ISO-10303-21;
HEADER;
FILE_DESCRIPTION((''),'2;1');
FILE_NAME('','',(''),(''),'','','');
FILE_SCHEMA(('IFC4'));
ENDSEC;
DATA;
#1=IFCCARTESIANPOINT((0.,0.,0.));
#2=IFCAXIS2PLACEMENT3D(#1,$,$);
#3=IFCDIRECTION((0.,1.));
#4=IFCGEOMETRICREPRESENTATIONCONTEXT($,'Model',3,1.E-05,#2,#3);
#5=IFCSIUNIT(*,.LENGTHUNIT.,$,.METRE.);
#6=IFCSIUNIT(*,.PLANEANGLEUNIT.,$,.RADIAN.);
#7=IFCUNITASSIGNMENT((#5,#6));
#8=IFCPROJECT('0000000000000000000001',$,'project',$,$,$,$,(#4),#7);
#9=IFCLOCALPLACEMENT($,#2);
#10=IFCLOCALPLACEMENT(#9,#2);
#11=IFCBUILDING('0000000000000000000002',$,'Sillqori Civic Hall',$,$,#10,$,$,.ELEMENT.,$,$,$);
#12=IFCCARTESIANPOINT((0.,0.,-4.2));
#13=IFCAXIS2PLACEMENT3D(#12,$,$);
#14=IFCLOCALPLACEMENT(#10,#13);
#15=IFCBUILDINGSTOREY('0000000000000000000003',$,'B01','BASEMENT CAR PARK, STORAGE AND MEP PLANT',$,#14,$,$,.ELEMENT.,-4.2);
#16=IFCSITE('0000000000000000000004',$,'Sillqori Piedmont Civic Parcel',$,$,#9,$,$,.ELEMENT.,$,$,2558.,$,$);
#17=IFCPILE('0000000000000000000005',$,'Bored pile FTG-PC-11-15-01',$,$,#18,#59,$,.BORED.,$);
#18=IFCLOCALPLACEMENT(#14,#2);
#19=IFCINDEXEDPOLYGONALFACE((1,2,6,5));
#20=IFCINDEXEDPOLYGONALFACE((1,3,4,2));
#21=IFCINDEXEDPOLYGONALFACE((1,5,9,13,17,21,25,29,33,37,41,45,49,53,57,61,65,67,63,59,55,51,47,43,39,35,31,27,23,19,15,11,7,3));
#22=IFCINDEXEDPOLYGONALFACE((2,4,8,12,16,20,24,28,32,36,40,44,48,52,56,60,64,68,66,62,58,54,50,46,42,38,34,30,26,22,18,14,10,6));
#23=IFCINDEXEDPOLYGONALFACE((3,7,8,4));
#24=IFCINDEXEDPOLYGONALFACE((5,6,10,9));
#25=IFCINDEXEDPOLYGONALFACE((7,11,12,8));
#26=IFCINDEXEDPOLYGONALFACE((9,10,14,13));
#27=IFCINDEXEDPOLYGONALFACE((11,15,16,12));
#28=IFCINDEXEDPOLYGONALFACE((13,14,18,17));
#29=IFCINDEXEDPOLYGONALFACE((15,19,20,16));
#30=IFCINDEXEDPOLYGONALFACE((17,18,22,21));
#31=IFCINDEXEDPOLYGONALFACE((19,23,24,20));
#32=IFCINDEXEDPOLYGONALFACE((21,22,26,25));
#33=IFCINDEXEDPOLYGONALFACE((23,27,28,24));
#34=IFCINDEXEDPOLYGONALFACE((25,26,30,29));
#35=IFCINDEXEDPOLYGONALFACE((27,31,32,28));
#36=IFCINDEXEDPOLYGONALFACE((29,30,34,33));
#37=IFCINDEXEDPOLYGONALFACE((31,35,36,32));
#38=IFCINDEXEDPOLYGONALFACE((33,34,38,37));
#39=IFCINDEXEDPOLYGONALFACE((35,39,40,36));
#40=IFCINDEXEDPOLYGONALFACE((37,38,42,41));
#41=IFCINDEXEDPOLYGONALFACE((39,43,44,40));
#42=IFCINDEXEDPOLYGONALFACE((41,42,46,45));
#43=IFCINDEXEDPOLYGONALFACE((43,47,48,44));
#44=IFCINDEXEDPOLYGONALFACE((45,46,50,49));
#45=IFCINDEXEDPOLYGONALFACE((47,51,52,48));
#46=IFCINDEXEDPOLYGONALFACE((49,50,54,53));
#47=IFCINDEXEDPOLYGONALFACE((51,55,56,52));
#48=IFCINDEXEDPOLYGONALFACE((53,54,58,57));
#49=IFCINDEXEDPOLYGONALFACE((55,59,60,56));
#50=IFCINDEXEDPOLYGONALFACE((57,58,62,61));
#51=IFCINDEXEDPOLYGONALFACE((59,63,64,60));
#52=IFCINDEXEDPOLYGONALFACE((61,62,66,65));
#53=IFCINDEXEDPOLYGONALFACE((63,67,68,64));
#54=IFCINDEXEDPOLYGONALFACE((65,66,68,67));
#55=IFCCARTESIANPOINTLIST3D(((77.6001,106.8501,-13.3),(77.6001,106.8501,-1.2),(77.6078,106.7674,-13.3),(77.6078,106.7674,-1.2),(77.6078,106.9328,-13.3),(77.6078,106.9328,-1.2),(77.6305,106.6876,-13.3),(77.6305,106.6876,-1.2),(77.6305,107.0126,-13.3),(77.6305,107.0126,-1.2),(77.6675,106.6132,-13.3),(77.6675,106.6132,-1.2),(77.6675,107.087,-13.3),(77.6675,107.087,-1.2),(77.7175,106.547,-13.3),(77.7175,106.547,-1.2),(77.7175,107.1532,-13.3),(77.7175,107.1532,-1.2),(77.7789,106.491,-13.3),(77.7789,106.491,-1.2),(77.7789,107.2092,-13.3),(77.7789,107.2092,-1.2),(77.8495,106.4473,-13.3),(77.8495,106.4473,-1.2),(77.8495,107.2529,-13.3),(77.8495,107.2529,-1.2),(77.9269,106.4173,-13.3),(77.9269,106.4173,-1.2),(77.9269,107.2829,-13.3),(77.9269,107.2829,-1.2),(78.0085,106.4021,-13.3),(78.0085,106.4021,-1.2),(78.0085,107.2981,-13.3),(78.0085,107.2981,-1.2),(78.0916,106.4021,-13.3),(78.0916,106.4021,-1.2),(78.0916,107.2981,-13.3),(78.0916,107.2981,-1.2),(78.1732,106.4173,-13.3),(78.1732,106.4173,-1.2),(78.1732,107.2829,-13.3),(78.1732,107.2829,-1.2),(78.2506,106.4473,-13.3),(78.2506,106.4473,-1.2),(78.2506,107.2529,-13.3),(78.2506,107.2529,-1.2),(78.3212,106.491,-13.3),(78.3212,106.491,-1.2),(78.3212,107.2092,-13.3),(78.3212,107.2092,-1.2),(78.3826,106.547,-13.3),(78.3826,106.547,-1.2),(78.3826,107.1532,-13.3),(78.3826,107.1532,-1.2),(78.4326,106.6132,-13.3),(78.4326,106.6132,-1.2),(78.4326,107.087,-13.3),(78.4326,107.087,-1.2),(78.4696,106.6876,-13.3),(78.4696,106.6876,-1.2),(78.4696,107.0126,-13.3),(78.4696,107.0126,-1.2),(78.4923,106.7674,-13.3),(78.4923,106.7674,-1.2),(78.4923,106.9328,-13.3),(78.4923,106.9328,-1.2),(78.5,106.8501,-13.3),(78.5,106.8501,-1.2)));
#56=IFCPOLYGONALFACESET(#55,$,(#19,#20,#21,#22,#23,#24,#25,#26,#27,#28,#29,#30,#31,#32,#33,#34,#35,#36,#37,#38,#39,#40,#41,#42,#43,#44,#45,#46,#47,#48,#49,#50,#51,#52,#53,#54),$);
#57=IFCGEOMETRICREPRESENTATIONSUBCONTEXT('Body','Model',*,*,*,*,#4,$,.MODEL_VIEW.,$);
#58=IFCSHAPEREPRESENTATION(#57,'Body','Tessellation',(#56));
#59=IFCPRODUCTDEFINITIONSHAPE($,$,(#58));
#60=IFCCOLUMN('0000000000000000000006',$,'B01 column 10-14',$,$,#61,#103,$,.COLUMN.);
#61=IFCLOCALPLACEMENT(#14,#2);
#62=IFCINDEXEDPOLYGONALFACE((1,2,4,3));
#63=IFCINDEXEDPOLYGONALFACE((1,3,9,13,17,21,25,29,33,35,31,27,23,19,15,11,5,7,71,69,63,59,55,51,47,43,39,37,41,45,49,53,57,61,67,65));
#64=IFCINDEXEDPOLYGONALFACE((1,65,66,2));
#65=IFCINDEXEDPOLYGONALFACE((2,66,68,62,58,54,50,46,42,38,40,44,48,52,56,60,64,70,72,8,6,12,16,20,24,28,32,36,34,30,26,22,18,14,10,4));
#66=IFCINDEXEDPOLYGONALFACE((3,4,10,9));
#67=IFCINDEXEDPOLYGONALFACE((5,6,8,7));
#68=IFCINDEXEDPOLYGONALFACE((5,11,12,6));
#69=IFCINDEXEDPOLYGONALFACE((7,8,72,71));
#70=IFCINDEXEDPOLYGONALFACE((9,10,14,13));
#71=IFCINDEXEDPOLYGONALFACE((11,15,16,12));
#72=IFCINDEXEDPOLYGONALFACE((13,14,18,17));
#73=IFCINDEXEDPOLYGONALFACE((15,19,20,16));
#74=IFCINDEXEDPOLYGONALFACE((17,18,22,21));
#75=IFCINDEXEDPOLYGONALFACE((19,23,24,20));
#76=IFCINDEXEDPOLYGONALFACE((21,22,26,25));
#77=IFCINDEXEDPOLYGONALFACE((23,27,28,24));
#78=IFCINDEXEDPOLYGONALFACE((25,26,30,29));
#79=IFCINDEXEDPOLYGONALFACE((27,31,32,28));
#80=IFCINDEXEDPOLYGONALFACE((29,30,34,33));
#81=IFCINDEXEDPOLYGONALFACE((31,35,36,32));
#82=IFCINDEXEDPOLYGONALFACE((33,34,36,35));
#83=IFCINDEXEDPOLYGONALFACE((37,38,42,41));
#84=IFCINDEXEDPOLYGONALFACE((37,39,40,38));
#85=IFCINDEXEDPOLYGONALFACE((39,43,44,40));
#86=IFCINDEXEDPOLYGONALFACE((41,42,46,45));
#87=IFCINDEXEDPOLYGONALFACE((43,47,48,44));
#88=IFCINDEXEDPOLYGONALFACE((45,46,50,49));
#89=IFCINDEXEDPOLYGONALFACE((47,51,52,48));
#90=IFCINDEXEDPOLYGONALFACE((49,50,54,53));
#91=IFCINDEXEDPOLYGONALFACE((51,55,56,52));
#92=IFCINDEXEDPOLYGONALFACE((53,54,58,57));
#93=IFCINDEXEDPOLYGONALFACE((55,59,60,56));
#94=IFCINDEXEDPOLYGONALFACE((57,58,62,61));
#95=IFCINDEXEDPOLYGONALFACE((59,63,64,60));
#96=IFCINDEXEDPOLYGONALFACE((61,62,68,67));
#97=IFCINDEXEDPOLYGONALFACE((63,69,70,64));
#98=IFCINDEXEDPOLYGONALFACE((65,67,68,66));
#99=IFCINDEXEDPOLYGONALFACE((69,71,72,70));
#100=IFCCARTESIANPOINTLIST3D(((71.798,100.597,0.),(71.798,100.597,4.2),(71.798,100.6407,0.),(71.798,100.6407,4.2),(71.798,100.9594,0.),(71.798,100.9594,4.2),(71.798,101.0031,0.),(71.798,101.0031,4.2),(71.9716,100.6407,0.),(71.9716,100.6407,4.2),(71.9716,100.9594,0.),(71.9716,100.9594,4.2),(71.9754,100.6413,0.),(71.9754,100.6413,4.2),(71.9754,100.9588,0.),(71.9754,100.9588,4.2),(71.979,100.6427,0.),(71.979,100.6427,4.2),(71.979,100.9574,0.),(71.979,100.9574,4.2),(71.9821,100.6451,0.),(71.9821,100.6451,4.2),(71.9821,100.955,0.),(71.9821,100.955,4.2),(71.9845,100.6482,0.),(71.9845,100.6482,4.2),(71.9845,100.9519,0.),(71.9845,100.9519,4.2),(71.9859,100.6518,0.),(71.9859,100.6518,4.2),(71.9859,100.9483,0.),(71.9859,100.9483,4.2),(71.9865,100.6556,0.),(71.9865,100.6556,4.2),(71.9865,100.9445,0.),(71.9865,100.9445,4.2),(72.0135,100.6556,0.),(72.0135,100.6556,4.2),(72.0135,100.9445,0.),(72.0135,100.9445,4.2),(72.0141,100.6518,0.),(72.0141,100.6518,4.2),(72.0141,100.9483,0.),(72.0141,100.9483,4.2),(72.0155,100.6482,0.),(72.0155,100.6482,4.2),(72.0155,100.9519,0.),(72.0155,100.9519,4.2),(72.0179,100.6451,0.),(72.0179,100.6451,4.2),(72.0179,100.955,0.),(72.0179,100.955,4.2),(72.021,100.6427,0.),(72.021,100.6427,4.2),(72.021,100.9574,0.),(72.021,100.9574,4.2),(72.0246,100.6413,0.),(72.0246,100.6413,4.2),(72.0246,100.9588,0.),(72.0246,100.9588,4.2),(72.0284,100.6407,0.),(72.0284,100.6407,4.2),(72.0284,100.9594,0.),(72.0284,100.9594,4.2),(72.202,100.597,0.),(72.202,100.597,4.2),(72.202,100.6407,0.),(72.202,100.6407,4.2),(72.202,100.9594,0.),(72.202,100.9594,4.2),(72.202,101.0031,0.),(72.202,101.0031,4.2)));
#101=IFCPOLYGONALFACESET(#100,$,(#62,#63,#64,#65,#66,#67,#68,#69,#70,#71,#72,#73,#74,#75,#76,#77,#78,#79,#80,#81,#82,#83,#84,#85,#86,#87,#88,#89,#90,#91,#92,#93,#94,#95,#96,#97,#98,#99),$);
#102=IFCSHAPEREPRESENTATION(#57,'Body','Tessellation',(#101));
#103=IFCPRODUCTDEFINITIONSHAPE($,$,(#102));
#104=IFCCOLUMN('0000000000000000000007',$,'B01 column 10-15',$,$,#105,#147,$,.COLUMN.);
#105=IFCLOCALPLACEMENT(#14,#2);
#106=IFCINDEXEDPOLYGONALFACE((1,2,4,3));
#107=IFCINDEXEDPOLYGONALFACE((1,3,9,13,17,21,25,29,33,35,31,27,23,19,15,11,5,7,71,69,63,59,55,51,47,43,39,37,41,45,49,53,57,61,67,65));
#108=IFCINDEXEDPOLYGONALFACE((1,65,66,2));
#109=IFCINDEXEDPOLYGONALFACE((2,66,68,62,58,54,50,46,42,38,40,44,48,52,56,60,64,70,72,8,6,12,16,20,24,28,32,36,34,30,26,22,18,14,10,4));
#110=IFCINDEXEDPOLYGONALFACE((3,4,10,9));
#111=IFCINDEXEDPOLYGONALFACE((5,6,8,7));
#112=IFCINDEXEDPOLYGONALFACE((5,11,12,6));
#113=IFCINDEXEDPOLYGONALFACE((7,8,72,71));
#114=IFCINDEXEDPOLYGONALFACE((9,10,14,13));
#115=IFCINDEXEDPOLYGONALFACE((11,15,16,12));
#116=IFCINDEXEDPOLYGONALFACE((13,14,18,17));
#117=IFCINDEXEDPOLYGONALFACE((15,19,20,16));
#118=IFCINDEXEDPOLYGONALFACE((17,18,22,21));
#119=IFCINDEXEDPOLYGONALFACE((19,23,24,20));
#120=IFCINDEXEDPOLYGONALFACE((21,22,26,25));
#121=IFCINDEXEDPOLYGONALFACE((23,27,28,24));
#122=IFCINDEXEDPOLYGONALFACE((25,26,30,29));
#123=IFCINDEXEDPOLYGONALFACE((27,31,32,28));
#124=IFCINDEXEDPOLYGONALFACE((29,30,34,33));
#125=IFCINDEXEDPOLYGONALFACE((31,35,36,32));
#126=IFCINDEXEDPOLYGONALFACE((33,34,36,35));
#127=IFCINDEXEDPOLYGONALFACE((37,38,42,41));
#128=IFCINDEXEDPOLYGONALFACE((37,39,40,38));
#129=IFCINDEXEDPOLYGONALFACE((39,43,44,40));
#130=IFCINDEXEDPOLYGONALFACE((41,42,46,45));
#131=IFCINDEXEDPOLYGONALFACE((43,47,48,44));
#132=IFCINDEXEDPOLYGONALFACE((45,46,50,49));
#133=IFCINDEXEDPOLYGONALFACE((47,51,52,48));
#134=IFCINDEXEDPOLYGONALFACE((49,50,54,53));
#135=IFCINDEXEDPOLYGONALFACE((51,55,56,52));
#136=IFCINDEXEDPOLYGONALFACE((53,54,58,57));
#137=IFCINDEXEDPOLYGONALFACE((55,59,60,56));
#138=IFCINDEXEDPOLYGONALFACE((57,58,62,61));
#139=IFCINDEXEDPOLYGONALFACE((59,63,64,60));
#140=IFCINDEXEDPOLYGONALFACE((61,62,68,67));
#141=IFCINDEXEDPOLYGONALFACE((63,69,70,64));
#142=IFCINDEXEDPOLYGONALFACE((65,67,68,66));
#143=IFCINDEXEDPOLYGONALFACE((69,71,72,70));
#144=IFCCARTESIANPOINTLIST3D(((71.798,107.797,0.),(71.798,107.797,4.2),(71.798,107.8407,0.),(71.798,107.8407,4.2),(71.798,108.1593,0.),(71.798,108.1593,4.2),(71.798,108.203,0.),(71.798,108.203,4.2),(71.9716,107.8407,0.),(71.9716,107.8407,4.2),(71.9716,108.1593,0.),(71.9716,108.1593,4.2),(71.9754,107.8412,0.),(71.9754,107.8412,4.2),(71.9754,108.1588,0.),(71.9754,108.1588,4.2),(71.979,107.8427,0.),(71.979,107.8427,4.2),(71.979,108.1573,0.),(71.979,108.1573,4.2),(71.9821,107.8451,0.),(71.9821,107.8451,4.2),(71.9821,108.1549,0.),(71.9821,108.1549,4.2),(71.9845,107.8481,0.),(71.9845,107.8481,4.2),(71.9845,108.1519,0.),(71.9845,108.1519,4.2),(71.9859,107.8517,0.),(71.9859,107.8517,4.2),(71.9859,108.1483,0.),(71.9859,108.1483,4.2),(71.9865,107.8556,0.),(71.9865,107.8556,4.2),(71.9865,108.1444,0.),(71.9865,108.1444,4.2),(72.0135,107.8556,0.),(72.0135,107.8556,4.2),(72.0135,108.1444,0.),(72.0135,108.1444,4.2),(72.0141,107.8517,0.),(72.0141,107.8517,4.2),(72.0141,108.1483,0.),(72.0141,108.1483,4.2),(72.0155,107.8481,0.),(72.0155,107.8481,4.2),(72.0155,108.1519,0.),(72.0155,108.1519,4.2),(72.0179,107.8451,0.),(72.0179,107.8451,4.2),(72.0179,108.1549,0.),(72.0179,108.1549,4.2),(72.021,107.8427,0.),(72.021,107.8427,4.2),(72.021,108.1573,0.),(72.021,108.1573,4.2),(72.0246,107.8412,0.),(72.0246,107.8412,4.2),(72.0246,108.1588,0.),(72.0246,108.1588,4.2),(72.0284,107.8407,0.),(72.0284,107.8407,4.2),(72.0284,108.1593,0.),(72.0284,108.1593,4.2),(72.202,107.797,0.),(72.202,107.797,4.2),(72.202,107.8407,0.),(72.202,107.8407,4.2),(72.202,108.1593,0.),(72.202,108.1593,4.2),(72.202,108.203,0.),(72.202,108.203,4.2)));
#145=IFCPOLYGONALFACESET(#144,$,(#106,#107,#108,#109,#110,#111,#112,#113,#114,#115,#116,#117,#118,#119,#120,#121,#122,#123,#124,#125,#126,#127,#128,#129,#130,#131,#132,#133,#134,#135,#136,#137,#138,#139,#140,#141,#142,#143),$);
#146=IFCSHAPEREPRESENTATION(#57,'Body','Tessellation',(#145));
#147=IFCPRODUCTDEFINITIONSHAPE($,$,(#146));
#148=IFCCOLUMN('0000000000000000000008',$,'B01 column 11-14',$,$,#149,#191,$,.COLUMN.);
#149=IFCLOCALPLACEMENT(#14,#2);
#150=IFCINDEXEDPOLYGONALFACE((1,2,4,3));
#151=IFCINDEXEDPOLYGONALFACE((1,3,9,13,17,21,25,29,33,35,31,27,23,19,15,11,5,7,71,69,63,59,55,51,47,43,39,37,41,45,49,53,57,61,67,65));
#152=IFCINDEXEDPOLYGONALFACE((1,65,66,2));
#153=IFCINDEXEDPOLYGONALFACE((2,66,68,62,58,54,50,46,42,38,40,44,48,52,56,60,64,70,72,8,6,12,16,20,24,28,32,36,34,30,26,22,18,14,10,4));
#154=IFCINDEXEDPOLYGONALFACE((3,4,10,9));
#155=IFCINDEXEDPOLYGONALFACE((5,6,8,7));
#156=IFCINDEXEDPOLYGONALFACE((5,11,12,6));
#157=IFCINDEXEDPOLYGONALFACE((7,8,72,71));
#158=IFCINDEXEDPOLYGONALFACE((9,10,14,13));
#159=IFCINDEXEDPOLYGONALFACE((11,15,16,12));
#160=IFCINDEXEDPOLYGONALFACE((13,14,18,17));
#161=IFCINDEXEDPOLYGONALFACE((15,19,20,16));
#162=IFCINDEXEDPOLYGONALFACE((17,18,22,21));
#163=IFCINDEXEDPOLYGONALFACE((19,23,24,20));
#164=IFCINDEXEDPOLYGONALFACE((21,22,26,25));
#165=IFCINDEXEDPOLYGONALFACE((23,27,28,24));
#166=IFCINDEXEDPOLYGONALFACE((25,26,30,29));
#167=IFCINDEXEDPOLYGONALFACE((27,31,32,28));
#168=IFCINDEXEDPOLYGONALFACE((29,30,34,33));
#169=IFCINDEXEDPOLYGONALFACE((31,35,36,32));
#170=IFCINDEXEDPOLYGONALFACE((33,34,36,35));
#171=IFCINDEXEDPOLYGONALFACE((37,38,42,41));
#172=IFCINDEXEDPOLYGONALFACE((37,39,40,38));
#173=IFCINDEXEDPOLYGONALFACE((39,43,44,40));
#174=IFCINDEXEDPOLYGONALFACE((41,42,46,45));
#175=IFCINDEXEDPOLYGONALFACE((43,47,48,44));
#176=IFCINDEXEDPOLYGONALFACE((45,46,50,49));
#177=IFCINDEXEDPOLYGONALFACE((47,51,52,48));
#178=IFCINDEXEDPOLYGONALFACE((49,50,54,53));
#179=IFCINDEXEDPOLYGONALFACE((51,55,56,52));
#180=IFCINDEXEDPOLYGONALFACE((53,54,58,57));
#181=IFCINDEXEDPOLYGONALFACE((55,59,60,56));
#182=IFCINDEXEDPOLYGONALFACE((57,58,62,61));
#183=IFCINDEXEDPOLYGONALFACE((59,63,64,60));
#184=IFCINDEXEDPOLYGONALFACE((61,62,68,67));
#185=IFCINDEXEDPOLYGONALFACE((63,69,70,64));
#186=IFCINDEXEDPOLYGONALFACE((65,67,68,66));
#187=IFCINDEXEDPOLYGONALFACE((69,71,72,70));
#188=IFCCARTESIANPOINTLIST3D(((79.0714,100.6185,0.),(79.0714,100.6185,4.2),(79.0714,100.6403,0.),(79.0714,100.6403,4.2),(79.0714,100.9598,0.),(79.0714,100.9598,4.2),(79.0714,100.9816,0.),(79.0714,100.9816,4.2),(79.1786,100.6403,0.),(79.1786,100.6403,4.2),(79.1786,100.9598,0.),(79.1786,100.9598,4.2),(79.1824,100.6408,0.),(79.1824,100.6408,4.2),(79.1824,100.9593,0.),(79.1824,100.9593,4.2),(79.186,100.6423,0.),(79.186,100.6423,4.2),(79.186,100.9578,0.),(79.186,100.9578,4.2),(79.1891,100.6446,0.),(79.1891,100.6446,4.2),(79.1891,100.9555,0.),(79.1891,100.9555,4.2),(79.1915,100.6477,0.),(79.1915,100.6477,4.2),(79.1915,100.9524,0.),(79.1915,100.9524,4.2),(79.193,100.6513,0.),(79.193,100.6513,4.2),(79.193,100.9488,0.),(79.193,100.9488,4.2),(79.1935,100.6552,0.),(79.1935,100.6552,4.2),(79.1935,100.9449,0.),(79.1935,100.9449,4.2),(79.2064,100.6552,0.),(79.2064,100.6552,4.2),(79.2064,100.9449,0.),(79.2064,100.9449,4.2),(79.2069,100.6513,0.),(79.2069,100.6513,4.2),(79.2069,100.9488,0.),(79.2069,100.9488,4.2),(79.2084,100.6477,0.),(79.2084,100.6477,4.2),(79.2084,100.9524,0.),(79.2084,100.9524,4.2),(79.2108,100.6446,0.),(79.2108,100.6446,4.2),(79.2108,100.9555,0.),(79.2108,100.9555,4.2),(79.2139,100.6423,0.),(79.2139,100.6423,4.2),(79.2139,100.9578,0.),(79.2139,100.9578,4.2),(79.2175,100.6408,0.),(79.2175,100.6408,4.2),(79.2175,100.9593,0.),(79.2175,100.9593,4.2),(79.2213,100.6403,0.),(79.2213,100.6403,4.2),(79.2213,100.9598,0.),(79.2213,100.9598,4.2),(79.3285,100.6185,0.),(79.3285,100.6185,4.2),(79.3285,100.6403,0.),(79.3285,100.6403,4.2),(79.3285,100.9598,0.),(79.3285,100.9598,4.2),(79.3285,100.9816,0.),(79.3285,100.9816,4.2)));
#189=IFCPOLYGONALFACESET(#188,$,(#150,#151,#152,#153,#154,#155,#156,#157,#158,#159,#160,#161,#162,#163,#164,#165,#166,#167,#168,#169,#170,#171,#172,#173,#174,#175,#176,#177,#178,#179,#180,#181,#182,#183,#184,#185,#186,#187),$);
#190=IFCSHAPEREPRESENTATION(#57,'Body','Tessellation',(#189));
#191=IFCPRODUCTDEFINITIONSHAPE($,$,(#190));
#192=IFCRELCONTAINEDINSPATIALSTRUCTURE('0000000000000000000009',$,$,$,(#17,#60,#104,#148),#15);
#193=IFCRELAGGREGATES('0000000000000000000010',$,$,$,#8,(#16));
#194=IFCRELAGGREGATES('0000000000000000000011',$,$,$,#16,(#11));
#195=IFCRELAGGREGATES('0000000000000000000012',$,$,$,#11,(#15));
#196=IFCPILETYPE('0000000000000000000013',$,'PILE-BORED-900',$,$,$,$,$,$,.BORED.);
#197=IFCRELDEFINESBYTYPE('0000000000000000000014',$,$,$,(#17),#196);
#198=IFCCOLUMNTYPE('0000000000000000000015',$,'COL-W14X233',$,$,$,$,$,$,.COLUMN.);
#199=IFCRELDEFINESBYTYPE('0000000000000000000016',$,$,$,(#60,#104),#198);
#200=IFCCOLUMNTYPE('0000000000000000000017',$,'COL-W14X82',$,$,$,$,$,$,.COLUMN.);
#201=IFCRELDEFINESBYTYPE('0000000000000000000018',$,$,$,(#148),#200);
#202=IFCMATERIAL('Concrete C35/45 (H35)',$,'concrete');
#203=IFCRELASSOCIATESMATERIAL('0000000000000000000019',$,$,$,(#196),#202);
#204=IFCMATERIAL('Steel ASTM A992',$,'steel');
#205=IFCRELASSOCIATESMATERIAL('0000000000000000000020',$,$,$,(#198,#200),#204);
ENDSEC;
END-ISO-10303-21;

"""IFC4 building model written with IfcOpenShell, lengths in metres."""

from ifc_helpers import new_model, si_unit, direction, frame, origin, origin_2d, place, context, subcontext, project, spatial, circle, i_section, extrude, material, material_profile, profile_set, type_object, element, save


model = new_model("IFC4")

# Units and contexts
model_context = context("Model", 3, precision=1e-05, world=origin(), true_north=direction((0.0, 1.0)))
body_context = subcontext(model_context, "Body", "Model", "MODEL_VIEW")
ifc_project = project(units=[si_unit("LENGTHUNIT", "METRE"), si_unit("PLANEANGLEUNIT", "RADIAN")], contexts=[model_context])

# Site, building, storey
site_placement = place(None, origin())
site = spatial("IfcSite", under=ifc_project, at=site_placement, Name="Sillqori Piedmont Civic Parcel", CompositionType="ELEMENT", RefElevation=2558.0)
building_placement = place(site_placement, origin())
building = spatial("IfcBuilding", under=site, at=building_placement, Name="Sillqori Civic Hall", CompositionType="ELEMENT")
storey_placement = place(building_placement, frame((0.0, 0.0, -4.2)))
storey = spatial("IfcBuildingStorey", under=building, at=storey_placement, Name="B01", Description="BASEMENT CAR PARK, STORAGE AND MEP PLANT", CompositionType="ELEMENT", Elevation=-4.2)

# Shared definitions
ifc_material_1 = material(Name="Concrete C35/45 (H35)", Category="concrete")

# Pile
ifc_material_profile_1 = material_profile(ifc_material_1, circle(Radius=0.45, at=origin_2d()), Name="BORED PILE 900")
ifc_profile_set_1 = profile_set([ifc_material_profile_1], Name="Concrete C35/45 (H35)")
pile_type = type_object("IfcPileType", Name="PILE-BORED-900", PredefinedType="BORED", material=ifc_profile_set_1)
for number, where, z_axis, x_axis, name in (
    (1, (78.05, 106.8501, -1.2), (0.0, 0.0, -1.0), (1.0, 0.0, 0.0), "Bored pile FTG-PC-11-15-01"),
):
    element("IfcPile", number, at=place(storey_placement, frame(where, z_axis=z_axis, x_axis=x_axis)), inside=storey, type_object=pile_type, Name=name, PredefinedType="BORED", context=body_context, shape_type="SweptSolid", body=[
        extrude(circle(Radius=0.45, at=origin_2d()), origin(), (0.0, 0.0, 1.0), 12.1001),
    ])

# Columns
ifc_material_2 = material(Name="Steel ASTM A992", Category="steel")
ifc_material_profile_2 = material_profile(ifc_material_2, i_section(OverallWidth=0.4041, OverallDepth=0.406, WebThickness=0.0271, FlangeThickness=0.0437, FilletRadius=0.0149, at=origin_2d()), Name="W14X233")
ifc_profile_set_2 = profile_set([ifc_material_profile_2], Name="Steel ASTM A992")
column_type_1 = type_object("IfcColumnType", Name="COL-W14X233", PredefinedType="COLUMN", material=ifc_profile_set_2)
for number, where, z_axis, x_axis, name in (
    (2, (72.0, 100.8, 0.0), (0.0, 0.0, 1.0), (1.0, 0.0, 0.0), "B01 column 10-14"),
    (3, (72.0, 108.0, 0.0), (0.0, 0.0, 1.0), (1.0, 0.0, 0.0), "B01 column 10-15"),
):
    element("IfcColumn", number, at=place(storey_placement, frame(where, z_axis=z_axis, x_axis=x_axis)), inside=storey, type_object=column_type_1, Name=name, PredefinedType="COLUMN", context=body_context, shape_type="SweptSolid", body=[
        extrude(i_section(OverallWidth=0.4041, OverallDepth=0.406, WebThickness=0.0271, FlangeThickness=0.0437, FilletRadius=0.0149, at=origin_2d()), origin(), (0.0, 0.0, 1.0), 4.2),
    ])
ifc_material_profile_3 = material_profile(ifc_material_2, i_section(OverallWidth=0.2571, OverallDepth=0.363, WebThickness=0.0129, FlangeThickness=0.0217, FilletRadius=0.0149, at=origin_2d()), Name="W14X82")
ifc_profile_set_3 = profile_set([ifc_material_profile_3], Name="Steel ASTM A992")
column_type_2 = type_object("IfcColumnType", Name="COL-W14X82", PredefinedType="COLUMN", material=ifc_profile_set_3)
column_placement = place(storey_placement, frame((79.2, 100.8, 0.0), z_axis=(0.0, 0.0, 1.0), x_axis=(1.0, 0.0, 0.0)))
element("IfcColumn", 4, at=column_placement, inside=storey, type_object=column_type_2, Name="B01 column 11-14", PredefinedType="COLUMN", context=body_context, shape_type="SweptSolid", body=[
    extrude(i_section(OverallWidth=0.2571, OverallDepth=0.363, WebThickness=0.0129, FlangeThickness=0.0217, FilletRadius=0.0149, at=origin_2d()), origin(), (0.0, 0.0, 1.0), 4.2),
])

save(model, "model.ifc")
